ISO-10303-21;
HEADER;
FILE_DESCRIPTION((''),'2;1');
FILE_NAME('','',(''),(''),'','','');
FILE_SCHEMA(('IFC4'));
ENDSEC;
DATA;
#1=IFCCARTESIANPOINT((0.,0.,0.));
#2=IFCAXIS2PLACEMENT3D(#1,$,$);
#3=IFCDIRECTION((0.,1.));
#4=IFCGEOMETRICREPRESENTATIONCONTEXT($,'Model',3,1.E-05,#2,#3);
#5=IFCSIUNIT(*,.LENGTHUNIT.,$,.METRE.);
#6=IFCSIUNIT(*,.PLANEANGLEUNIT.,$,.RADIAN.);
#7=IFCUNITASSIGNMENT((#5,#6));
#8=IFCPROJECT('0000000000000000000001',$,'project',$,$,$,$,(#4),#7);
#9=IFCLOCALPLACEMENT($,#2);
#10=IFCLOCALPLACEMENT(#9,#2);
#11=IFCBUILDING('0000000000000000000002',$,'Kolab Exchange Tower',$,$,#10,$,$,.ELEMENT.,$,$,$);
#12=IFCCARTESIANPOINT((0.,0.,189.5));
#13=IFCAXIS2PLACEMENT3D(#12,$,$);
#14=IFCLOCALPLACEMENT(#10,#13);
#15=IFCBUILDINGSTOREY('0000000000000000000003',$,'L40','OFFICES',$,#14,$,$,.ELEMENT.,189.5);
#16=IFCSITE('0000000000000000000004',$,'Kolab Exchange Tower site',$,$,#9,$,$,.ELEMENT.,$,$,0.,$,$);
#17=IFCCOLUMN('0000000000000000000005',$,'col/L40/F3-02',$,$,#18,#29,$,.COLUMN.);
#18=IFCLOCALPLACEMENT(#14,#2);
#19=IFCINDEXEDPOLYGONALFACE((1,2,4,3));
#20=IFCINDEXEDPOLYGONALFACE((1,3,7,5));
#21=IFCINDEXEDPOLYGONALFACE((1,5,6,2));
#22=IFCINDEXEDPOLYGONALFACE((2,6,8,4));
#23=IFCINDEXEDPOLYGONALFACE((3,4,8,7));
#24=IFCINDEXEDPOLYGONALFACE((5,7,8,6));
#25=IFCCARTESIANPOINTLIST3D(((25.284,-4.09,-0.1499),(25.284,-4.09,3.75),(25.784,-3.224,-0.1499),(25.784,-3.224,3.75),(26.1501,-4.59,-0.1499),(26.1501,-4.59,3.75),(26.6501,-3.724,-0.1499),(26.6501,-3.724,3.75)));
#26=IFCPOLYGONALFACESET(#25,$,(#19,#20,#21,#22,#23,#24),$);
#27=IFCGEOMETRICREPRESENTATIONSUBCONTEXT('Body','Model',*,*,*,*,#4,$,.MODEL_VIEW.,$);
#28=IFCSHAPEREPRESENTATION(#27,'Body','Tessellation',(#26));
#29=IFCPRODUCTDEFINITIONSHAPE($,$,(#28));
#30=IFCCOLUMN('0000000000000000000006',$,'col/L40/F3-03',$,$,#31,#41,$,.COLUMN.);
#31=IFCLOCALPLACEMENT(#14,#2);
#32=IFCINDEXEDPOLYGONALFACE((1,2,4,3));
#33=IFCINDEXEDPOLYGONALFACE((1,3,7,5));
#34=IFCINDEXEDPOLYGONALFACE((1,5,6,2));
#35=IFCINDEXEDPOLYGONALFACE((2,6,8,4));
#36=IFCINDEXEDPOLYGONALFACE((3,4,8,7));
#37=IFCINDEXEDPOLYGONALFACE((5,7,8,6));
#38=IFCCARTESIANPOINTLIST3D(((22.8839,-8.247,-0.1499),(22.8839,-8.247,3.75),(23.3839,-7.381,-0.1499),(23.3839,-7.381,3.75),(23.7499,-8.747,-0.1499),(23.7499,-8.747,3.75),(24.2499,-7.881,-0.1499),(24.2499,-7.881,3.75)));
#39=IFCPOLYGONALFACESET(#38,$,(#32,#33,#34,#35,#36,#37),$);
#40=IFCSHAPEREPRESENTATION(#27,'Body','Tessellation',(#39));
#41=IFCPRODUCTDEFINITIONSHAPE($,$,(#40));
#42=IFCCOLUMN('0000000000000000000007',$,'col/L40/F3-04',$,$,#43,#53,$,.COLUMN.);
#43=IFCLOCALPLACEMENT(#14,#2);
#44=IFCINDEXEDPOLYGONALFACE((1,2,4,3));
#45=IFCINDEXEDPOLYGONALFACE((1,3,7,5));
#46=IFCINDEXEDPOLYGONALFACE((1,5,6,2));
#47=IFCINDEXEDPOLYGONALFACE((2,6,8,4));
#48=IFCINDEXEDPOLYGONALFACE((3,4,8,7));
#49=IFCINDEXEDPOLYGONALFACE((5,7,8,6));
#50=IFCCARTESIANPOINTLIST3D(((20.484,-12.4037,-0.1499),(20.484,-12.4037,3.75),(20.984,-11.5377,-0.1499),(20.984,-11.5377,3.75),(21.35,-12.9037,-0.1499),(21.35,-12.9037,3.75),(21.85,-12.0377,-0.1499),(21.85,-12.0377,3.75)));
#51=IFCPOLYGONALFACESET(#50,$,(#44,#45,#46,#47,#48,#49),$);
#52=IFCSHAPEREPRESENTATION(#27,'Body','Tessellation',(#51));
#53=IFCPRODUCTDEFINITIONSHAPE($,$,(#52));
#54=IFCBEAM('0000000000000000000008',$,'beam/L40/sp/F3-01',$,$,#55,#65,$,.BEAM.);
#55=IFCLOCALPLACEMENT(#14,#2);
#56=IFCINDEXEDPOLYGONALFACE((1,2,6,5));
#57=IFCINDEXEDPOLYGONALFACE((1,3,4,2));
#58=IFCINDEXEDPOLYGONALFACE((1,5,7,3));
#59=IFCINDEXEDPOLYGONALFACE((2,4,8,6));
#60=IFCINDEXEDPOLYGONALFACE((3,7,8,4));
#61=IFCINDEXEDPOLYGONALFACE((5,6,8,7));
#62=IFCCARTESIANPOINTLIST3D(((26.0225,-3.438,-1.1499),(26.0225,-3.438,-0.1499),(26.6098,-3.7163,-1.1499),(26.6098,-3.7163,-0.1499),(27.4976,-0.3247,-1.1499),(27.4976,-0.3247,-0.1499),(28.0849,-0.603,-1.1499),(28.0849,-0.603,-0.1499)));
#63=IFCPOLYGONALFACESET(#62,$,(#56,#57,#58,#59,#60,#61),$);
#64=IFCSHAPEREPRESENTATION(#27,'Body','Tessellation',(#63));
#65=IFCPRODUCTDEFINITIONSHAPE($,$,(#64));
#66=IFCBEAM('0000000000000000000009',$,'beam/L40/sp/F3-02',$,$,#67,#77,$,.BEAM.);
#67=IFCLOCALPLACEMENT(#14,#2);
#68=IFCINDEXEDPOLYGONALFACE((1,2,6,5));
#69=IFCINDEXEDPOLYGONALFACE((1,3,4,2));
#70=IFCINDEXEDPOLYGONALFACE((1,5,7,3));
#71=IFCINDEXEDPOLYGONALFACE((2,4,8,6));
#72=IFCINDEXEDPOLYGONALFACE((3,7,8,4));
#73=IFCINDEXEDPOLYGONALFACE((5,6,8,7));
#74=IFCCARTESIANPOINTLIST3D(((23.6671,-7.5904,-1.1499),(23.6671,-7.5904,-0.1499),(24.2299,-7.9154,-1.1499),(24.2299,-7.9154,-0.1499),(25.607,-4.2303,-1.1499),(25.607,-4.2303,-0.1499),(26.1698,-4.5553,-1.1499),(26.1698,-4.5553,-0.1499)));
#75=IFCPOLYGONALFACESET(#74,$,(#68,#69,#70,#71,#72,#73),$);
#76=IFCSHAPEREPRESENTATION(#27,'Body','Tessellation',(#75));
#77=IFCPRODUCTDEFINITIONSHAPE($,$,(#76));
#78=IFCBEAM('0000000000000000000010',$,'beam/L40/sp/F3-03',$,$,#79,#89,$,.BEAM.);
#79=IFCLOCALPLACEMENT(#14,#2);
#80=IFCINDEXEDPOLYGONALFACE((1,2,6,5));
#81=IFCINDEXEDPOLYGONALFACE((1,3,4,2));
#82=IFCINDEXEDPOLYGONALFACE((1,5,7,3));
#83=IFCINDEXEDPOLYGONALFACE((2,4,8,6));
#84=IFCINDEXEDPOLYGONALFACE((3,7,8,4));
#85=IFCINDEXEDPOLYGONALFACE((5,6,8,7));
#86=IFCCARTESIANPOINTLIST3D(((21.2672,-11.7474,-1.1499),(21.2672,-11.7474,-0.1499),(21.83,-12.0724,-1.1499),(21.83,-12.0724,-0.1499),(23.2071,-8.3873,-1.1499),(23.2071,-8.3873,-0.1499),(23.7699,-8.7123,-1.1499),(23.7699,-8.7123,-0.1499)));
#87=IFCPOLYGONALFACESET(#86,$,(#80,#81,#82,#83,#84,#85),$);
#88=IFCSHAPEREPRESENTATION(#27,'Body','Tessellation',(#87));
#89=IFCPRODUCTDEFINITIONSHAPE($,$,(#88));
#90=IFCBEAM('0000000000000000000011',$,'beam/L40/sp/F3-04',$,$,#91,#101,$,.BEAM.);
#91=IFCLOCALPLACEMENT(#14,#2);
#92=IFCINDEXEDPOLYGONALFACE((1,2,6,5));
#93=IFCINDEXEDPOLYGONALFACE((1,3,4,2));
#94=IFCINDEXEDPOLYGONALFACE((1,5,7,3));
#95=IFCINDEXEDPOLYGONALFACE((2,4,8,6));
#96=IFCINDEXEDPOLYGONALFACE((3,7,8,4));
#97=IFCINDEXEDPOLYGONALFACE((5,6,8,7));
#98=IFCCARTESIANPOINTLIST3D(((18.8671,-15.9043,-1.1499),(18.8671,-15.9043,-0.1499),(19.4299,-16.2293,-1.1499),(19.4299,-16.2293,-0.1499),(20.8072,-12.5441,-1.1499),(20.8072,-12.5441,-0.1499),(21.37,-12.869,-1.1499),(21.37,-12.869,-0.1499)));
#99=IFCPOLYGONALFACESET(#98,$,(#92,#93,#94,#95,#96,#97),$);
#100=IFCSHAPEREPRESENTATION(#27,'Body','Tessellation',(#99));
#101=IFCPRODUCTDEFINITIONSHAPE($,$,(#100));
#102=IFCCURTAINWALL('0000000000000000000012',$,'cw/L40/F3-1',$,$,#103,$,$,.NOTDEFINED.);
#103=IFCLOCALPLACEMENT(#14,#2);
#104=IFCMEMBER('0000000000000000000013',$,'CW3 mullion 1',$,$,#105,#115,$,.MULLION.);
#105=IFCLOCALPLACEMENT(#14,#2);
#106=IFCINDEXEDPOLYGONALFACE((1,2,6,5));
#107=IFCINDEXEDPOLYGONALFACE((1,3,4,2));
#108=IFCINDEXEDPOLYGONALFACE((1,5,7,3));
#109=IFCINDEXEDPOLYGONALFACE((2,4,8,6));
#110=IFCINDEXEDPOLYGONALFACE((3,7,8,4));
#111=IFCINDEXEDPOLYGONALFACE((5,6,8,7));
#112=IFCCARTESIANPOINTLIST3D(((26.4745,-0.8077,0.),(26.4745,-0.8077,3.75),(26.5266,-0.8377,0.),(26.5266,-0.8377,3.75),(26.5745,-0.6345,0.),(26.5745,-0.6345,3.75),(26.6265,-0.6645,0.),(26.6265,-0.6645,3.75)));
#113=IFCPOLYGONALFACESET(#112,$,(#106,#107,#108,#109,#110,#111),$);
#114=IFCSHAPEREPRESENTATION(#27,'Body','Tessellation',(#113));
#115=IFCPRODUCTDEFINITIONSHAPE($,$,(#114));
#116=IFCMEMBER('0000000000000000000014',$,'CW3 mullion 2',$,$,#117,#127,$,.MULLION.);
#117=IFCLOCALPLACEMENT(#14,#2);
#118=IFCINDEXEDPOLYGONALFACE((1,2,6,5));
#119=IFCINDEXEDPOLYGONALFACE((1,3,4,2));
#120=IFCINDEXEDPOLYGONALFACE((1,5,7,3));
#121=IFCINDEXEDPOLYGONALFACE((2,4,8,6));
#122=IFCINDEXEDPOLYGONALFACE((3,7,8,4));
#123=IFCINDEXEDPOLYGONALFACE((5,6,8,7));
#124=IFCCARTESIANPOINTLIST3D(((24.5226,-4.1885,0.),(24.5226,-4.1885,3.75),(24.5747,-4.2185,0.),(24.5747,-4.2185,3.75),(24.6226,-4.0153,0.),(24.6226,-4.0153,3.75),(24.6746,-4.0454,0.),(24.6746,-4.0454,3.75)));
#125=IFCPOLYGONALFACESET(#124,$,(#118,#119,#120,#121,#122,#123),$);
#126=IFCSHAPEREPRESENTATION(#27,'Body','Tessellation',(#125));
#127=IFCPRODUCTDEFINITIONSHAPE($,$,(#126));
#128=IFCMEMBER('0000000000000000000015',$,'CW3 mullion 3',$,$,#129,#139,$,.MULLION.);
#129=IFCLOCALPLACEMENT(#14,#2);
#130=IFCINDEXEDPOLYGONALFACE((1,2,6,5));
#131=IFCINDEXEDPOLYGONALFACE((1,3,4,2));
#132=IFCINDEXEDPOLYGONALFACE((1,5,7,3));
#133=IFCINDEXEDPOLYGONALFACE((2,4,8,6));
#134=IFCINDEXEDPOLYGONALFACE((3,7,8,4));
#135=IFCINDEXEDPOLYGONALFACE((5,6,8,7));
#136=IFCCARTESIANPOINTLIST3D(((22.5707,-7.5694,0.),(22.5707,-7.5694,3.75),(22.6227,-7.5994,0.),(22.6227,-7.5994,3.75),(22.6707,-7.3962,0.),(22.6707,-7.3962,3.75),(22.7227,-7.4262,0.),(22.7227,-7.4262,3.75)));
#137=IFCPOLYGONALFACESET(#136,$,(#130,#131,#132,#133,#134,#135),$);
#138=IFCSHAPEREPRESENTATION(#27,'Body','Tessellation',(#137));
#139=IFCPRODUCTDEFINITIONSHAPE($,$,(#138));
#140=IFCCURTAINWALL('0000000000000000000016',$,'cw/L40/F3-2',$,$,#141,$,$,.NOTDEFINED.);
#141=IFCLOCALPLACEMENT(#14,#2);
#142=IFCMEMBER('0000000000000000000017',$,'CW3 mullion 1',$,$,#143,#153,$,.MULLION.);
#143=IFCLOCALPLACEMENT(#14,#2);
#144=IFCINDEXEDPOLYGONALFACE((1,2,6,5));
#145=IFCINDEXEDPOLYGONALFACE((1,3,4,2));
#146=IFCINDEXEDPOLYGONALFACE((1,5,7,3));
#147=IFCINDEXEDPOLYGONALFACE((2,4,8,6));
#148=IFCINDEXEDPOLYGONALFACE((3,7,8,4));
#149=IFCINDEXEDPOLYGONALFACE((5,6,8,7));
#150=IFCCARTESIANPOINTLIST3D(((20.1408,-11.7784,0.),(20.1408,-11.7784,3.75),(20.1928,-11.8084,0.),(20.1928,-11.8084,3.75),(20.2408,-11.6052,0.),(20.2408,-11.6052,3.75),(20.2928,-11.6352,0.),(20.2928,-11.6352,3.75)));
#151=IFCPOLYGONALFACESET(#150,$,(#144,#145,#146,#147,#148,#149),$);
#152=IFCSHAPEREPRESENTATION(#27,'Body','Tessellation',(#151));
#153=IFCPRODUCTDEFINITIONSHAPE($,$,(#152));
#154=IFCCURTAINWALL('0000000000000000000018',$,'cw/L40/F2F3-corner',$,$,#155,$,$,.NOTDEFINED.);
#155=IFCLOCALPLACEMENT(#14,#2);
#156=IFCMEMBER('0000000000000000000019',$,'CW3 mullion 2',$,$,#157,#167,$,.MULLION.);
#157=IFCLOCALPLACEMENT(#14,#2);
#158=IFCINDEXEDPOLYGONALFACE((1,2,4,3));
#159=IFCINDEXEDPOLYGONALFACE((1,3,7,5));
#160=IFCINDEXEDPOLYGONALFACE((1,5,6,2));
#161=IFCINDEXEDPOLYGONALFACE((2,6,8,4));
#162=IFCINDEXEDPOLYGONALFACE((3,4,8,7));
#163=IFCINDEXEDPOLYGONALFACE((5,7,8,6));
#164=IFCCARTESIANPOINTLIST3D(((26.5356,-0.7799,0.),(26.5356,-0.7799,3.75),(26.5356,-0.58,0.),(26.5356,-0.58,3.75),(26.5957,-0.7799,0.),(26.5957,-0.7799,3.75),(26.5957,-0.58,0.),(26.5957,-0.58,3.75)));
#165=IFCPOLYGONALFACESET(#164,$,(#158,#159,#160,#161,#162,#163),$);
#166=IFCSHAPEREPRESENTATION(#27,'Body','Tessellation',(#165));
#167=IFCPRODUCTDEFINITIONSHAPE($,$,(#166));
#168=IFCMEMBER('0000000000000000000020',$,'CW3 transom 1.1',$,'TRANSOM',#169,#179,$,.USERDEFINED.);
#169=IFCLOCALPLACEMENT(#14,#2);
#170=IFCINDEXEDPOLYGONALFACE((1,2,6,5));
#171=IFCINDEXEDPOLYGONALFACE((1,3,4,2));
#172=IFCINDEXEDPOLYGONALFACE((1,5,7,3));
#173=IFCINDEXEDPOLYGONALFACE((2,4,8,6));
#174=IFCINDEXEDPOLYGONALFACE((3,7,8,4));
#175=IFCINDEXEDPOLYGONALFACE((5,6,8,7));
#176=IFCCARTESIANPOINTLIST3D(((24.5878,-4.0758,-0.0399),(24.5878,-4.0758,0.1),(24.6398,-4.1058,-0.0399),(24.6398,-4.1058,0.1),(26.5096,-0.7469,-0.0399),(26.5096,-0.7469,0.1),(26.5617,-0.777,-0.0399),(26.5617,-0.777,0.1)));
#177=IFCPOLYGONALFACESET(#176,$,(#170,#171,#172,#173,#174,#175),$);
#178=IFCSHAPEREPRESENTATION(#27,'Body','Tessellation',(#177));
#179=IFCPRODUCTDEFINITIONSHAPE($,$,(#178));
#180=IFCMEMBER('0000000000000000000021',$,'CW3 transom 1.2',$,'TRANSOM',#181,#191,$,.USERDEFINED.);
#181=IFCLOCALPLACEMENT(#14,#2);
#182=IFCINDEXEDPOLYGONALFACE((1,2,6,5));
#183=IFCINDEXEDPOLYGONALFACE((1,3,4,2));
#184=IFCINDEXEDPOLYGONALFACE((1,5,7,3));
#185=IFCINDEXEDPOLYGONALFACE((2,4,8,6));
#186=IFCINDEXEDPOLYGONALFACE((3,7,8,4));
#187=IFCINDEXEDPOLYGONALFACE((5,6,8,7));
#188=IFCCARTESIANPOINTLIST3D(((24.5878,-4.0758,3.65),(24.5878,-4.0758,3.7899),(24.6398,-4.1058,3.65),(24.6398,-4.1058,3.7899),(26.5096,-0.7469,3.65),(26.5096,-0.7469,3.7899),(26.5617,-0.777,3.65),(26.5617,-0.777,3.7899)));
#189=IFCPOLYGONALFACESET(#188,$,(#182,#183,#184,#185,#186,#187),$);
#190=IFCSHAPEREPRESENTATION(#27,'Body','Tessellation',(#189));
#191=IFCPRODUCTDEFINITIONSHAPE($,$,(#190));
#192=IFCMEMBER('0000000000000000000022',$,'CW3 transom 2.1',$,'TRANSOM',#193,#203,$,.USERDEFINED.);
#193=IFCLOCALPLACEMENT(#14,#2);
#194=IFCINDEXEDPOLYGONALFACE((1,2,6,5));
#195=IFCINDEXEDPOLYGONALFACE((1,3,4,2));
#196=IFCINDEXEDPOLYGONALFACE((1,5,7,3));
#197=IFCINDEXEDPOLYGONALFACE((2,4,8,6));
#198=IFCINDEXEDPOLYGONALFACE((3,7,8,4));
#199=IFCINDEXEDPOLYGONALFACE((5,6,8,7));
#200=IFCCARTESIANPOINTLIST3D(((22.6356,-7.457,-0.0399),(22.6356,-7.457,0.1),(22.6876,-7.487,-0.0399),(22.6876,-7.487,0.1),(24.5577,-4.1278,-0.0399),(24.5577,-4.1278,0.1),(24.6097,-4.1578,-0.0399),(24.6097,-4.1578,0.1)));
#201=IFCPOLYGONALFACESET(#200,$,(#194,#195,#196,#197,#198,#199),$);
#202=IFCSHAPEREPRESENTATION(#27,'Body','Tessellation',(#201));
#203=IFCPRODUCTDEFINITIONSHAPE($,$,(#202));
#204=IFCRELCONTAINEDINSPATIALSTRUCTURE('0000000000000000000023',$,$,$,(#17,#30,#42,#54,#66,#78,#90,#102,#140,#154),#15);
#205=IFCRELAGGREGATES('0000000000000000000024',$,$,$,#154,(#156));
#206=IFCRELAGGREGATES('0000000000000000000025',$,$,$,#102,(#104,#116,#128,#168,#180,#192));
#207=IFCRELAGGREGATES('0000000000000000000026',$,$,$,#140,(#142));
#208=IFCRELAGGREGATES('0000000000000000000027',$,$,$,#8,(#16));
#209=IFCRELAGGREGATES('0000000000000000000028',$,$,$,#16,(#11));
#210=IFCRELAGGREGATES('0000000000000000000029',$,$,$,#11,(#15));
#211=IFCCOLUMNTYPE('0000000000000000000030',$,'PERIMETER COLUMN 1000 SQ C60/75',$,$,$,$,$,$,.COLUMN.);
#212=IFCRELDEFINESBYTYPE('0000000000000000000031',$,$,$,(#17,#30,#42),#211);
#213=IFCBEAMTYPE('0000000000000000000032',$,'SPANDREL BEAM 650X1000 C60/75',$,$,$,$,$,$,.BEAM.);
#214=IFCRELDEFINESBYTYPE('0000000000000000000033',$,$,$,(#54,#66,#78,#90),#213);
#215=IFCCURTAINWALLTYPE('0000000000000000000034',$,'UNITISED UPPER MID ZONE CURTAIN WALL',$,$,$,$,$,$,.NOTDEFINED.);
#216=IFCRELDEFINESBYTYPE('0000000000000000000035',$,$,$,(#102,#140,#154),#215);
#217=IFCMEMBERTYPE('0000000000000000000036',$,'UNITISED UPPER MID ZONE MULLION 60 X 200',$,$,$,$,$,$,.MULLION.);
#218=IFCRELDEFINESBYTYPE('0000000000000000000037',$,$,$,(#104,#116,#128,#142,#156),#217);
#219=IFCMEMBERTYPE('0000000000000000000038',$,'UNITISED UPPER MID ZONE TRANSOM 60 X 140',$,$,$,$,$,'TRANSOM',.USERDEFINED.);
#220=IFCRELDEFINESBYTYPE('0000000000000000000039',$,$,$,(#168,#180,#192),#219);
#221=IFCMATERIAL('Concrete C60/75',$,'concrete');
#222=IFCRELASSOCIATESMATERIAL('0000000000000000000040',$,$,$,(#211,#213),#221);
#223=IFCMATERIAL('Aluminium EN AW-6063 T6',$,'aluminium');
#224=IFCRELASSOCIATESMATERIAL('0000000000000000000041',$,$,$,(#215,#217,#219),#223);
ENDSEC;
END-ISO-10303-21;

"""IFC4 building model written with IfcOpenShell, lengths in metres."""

from ifc_helpers import new_model, si_unit, direction, frame, origin, origin_2d, place, context, subcontext, project, spatial, rectangle, extrude, material, material_profile, profile_set, type_object, element, aggregate, save


model = new_model("IFC4")

# Units and contexts
model_context = context("Model", 3, precision=1e-05, world=origin(), true_north=direction((0.0, 1.0)))
body_context = subcontext(model_context, "Body", "Model", "MODEL_VIEW")
ifc_project = project(units=[si_unit("LENGTHUNIT", "METRE"), si_unit("PLANEANGLEUNIT", "RADIAN")], contexts=[model_context])

# Site, building, storey
site_placement = place(None, origin())
site = spatial("IfcSite", under=ifc_project, at=site_placement, Name="Kolab Exchange Tower site", CompositionType="ELEMENT", RefElevation=0.0)
building_placement = place(site_placement, origin())
building = spatial("IfcBuilding", under=site, at=building_placement, Name="Kolab Exchange Tower", CompositionType="ELEMENT")
storey_placement = place(building_placement, frame((0.0, 0.0, 189.5)))
storey = spatial("IfcBuildingStorey", under=building, at=storey_placement, Name="L40", Description="OFFICES", CompositionType="ELEMENT", Elevation=189.5)

# Columns
ifc_material_1 = material(Name="Concrete C60/75", Category="concrete")
ifc_material_profile_1 = material_profile(ifc_material_1, rectangle(XDim=1.0, YDim=1.0, at=origin_2d()), Name="RC1000")
ifc_profile_set_1 = profile_set([ifc_material_profile_1], Name="Concrete C60/75")
column_type = type_object("IfcColumnType", Name="PERIMETER COLUMN 1000 SQ C60/75", PredefinedType="COLUMN", material=ifc_profile_set_1)
for number, where, z_axis, x_axis, name in (
    (1, (25.967, -3.907, -0.1499), (0.0, 0.0, 1.0), (0.5, 0.866025, 0.0), "col/L40/F3-02"),
    (2, (23.5669, -8.064, -0.1499), (0.0, 0.0, 1.0), (0.5, 0.866025, 0.0), "col/L40/F3-03"),
    (3, (21.167, -12.2207, -0.1499), (0.0, 0.0, 1.0), (0.5, 0.866025, 0.0), "col/L40/F3-04"),
):
    element("IfcColumn", number, at=place(storey_placement, frame(where, z_axis=z_axis, x_axis=x_axis)), inside=storey, type_object=column_type, Name=name, PredefinedType="COLUMN", context=body_context, shape_type="SweptSolid", body=[
        extrude(rectangle(XDim=1.0, YDim=1.0, at=origin_2d()), origin(), (0.0, 0.0, 1.0), 3.8999),
    ])

# Beams
ifc_material_profile_2 = material_profile(ifc_material_1, rectangle(XDim=0.6499, YDim=1.0, at=origin_2d()), Name="RC650X1000")
ifc_profile_set_2 = profile_set([ifc_material_profile_2], Name="Concrete C60/75")
beam_type = type_object("IfcBeamType", Name="SPANDREL BEAM 650X1000 C60/75", PredefinedType="BEAM", material=ifc_profile_set_2)
beam_1_placement = place(storey_placement, frame((27.7913, -0.4639, -0.6499), z_axis=(-0.428178, -0.903695, 0.0), x_axis=(0.903695, -0.428178, 0.0)))
element("IfcBeam", 4, at=beam_1_placement, inside=storey, type_object=beam_type, Name="beam/L40/sp/F3-01", PredefinedType="BEAM", context=body_context, shape_type="SweptSolid", body=[
    extrude(rectangle(XDim=0.6499, YDim=1.0, at=origin_2d()), origin(), (0.0, 0.0, 1.0), 3.4451),
])
for number, where, z_axis, x_axis, name in (
    (5, (25.8884, -4.3928, -0.6499), (-0.499997, -0.866027, 0.0), (0.866027, -0.499997, 0.0), "beam/L40/sp/F3-02"),
    (6, (23.4885, -8.5498, -0.6499), (-0.499997, -0.866027, 0.0), (0.866027, -0.499997, 0.0), "beam/L40/sp/F3-03"),
):
    element("IfcBeam", number, at=place(storey_placement, frame(where, z_axis=z_axis, x_axis=x_axis)), inside=storey, type_object=beam_type, Name=name, PredefinedType="BEAM", context=body_context, shape_type="SweptSolid", body=[
        extrude(rectangle(XDim=0.6499, YDim=1.0, at=origin_2d()), origin(), (0.0, 0.0, 1.0), 3.8799),
    ])
beam_2_placement = place(storey_placement, frame((21.0886, -12.7065, -0.6499), z_axis=(-0.500017, -0.866016, 0.0), x_axis=(0.866016, -0.500017, 0.0)))
element("IfcBeam", 7, at=beam_2_placement, inside=storey, type_object=beam_type, Name="beam/L40/sp/F3-04", PredefinedType="BEAM", context=body_context, shape_type="SweptSolid", body=[
    extrude(rectangle(XDim=0.6499, YDim=1.0, at=origin_2d()), origin(), (0.0, 0.0, 1.0), 3.8801),
])

# Curtain wall, members
ifc_material_2 = material(Name="Aluminium EN AW-6063 T6", Category="aluminium")
curtain_wall_type = type_object("IfcCurtainWallType", Name="UNITISED UPPER MID ZONE CURTAIN WALL", PredefinedType="NOTDEFINED", material=ifc_material_2)
curtain_wall_1_placement = place(storey_placement, origin())
curtain_wall_1 = element("IfcCurtainWall", 8, at=curtain_wall_1_placement, inside=storey, type_object=curtain_wall_type, Name="cw/L40/F3-1", PredefinedType="NOTDEFINED")
ifc_material_profile_3 = material_profile(ifc_material_2, rectangle(XDim=0.0601, YDim=0.2, at=origin_2d()), Name="RECT 60X200")
ifc_profile_set_3 = profile_set([ifc_material_profile_3], Name="Aluminium EN AW-6063 T6")
member_type_1 = type_object("IfcMemberType", Name="UNITISED UPPER MID ZONE MULLION 60 X 200", PredefinedType="MULLION", material=ifc_profile_set_3)
member_1_placement = place(storey_placement, frame((26.5505, -0.7361, 0.0), z_axis=(0.0, 0.0, 1.0), x_axis=(0.866025, -0.5, 0.0)))
member_1 = element("IfcMember", 9, at=member_1_placement, type_object=member_type_1, Name="CW3 mullion 1", PredefinedType="MULLION", context=body_context, shape_type="SweptSolid", body=[
    extrude(rectangle(XDim=0.0601, YDim=0.2, at=origin_2d()), origin(), (0.0, 0.0, 1.0), 3.75),
])
member_2_placement = place(storey_placement, frame((24.5986, -4.1169, 0.0), z_axis=(0.0, 0.0, 1.0), x_axis=(0.866025, -0.5, 0.0)))
member_2 = element("IfcMember", 10, at=member_2_placement, type_object=member_type_1, Name="CW3 mullion 2", PredefinedType="MULLION", context=body_context, shape_type="SweptSolid", body=[
    extrude(rectangle(XDim=0.0601, YDim=0.2, at=origin_2d()), origin(), (0.0, 0.0, 1.0), 3.75),
])
member_3_placement = place(storey_placement, frame((22.6467, -7.4978, 0.0), z_axis=(0.0, 0.0, 1.0), x_axis=(0.866025, -0.5, 0.0)))
member_3 = element("IfcMember", 11, at=member_3_placement, type_object=member_type_1, Name="CW3 mullion 3", PredefinedType="MULLION", context=body_context, shape_type="SweptSolid", body=[
    extrude(rectangle(XDim=0.0601, YDim=0.2, at=origin_2d()), origin(), (0.0, 0.0, 1.0), 3.75),
])

# Curtain walls, members
curtain_wall_2_placement = place(storey_placement, origin())
curtain_wall_2 = element("IfcCurtainWall", 12, at=curtain_wall_2_placement, inside=storey, type_object=curtain_wall_type, Name="cw/L40/F3-2", PredefinedType="NOTDEFINED")
member_4_placement = place(storey_placement, frame((20.2168, -11.7068, 0.0), z_axis=(0.0, 0.0, 1.0), x_axis=(0.866025, -0.5, 0.0)))
member_4 = element("IfcMember", 13, at=member_4_placement, type_object=member_type_1, Name="CW3 mullion 1", PredefinedType="MULLION", context=body_context, shape_type="SweptSolid", body=[
    extrude(rectangle(XDim=0.0601, YDim=0.2, at=origin_2d()), origin(), (0.0, 0.0, 1.0), 3.75),
])
curtain_wall_3_placement = place(storey_placement, origin())
curtain_wall_3 = element("IfcCurtainWall", 14, at=curtain_wall_3_placement, inside=storey, type_object=curtain_wall_type, Name="cw/L40/F2F3-corner", PredefinedType="NOTDEFINED")
member_5_placement = place(storey_placement, frame((26.5657, -0.6799, 0.0), z_axis=(0.0, 0.0, 1.0), x_axis=(1.0, 0.0, 0.0)))
member_5 = element("IfcMember", 15, at=member_5_placement, type_object=member_type_1, Name="CW3 mullion 2", PredefinedType="MULLION", context=body_context, shape_type="SweptSolid", body=[
    extrude(rectangle(XDim=0.0601, YDim=0.2, at=origin_2d()), origin(), (0.0, 0.0, 1.0), 3.75),
])
aggregate(curtain_wall_3, [member_5])

# Members
ifc_material_profile_4 = material_profile(ifc_material_2, rectangle(XDim=0.0601, YDim=0.1399, at=origin_2d()), Name="RECT 60X140")
ifc_profile_set_4 = profile_set([ifc_material_profile_4], Name="Aluminium EN AW-6063 T6")
member_type_2 = type_object("IfcMemberType", Name="UNITISED UPPER MID ZONE TRANSOM 60 X 140", ElementType="TRANSOM", PredefinedType="USERDEFINED", material=ifc_profile_set_4)
member_6_placement = place(storey_placement, frame((26.5356, -0.762, 0.03), z_axis=(-0.499992, -0.86603, 0.0), x_axis=(0.86603, -0.499992, 0.0)))
member_6 = element("IfcMember", 16, at=member_6_placement, type_object=member_type_2, Name="CW3 transom 1.1", ObjectType="TRANSOM", PredefinedType="USERDEFINED", context=body_context, shape_type="SweptSolid", body=[
    extrude(rectangle(XDim=0.0601, YDim=0.1399, at=origin_2d()), origin(), (0.0, 0.0, 1.0), 3.8438),
])
member_7_placement = place(storey_placement, frame((26.5356, -0.762, 3.72), z_axis=(-0.499992, -0.86603, 0.0), x_axis=(0.86603, -0.499992, 0.0)))
member_7 = element("IfcMember", 17, at=member_7_placement, type_object=member_type_2, Name="CW3 transom 1.2", ObjectType="TRANSOM", PredefinedType="USERDEFINED", context=body_context, shape_type="SweptSolid", body=[
    extrude(rectangle(XDim=0.0601, YDim=0.1399, at=origin_2d()), origin(), (0.0, 0.0, 1.0), 3.8438),
])
member_8_placement = place(storey_placement, frame((24.5837, -4.1428, 0.03), z_axis=(-0.500012, -0.866018, 0.0), x_axis=(0.866018, -0.500012, 0.0)))
member_8 = element("IfcMember", 18, at=member_8_placement, type_object=member_type_2, Name="CW3 transom 2.1", ObjectType="TRANSOM", PredefinedType="USERDEFINED", context=body_context, shape_type="SweptSolid", body=[
    extrude(rectangle(XDim=0.0601, YDim=0.1399, at=origin_2d()), origin(), (0.0, 0.0, 1.0), 3.8442),
])

aggregate(curtain_wall_1, [member_1, member_2, member_3, member_6, member_7, member_8])
aggregate(curtain_wall_2, [member_4])

save(model, "model.ifc")
